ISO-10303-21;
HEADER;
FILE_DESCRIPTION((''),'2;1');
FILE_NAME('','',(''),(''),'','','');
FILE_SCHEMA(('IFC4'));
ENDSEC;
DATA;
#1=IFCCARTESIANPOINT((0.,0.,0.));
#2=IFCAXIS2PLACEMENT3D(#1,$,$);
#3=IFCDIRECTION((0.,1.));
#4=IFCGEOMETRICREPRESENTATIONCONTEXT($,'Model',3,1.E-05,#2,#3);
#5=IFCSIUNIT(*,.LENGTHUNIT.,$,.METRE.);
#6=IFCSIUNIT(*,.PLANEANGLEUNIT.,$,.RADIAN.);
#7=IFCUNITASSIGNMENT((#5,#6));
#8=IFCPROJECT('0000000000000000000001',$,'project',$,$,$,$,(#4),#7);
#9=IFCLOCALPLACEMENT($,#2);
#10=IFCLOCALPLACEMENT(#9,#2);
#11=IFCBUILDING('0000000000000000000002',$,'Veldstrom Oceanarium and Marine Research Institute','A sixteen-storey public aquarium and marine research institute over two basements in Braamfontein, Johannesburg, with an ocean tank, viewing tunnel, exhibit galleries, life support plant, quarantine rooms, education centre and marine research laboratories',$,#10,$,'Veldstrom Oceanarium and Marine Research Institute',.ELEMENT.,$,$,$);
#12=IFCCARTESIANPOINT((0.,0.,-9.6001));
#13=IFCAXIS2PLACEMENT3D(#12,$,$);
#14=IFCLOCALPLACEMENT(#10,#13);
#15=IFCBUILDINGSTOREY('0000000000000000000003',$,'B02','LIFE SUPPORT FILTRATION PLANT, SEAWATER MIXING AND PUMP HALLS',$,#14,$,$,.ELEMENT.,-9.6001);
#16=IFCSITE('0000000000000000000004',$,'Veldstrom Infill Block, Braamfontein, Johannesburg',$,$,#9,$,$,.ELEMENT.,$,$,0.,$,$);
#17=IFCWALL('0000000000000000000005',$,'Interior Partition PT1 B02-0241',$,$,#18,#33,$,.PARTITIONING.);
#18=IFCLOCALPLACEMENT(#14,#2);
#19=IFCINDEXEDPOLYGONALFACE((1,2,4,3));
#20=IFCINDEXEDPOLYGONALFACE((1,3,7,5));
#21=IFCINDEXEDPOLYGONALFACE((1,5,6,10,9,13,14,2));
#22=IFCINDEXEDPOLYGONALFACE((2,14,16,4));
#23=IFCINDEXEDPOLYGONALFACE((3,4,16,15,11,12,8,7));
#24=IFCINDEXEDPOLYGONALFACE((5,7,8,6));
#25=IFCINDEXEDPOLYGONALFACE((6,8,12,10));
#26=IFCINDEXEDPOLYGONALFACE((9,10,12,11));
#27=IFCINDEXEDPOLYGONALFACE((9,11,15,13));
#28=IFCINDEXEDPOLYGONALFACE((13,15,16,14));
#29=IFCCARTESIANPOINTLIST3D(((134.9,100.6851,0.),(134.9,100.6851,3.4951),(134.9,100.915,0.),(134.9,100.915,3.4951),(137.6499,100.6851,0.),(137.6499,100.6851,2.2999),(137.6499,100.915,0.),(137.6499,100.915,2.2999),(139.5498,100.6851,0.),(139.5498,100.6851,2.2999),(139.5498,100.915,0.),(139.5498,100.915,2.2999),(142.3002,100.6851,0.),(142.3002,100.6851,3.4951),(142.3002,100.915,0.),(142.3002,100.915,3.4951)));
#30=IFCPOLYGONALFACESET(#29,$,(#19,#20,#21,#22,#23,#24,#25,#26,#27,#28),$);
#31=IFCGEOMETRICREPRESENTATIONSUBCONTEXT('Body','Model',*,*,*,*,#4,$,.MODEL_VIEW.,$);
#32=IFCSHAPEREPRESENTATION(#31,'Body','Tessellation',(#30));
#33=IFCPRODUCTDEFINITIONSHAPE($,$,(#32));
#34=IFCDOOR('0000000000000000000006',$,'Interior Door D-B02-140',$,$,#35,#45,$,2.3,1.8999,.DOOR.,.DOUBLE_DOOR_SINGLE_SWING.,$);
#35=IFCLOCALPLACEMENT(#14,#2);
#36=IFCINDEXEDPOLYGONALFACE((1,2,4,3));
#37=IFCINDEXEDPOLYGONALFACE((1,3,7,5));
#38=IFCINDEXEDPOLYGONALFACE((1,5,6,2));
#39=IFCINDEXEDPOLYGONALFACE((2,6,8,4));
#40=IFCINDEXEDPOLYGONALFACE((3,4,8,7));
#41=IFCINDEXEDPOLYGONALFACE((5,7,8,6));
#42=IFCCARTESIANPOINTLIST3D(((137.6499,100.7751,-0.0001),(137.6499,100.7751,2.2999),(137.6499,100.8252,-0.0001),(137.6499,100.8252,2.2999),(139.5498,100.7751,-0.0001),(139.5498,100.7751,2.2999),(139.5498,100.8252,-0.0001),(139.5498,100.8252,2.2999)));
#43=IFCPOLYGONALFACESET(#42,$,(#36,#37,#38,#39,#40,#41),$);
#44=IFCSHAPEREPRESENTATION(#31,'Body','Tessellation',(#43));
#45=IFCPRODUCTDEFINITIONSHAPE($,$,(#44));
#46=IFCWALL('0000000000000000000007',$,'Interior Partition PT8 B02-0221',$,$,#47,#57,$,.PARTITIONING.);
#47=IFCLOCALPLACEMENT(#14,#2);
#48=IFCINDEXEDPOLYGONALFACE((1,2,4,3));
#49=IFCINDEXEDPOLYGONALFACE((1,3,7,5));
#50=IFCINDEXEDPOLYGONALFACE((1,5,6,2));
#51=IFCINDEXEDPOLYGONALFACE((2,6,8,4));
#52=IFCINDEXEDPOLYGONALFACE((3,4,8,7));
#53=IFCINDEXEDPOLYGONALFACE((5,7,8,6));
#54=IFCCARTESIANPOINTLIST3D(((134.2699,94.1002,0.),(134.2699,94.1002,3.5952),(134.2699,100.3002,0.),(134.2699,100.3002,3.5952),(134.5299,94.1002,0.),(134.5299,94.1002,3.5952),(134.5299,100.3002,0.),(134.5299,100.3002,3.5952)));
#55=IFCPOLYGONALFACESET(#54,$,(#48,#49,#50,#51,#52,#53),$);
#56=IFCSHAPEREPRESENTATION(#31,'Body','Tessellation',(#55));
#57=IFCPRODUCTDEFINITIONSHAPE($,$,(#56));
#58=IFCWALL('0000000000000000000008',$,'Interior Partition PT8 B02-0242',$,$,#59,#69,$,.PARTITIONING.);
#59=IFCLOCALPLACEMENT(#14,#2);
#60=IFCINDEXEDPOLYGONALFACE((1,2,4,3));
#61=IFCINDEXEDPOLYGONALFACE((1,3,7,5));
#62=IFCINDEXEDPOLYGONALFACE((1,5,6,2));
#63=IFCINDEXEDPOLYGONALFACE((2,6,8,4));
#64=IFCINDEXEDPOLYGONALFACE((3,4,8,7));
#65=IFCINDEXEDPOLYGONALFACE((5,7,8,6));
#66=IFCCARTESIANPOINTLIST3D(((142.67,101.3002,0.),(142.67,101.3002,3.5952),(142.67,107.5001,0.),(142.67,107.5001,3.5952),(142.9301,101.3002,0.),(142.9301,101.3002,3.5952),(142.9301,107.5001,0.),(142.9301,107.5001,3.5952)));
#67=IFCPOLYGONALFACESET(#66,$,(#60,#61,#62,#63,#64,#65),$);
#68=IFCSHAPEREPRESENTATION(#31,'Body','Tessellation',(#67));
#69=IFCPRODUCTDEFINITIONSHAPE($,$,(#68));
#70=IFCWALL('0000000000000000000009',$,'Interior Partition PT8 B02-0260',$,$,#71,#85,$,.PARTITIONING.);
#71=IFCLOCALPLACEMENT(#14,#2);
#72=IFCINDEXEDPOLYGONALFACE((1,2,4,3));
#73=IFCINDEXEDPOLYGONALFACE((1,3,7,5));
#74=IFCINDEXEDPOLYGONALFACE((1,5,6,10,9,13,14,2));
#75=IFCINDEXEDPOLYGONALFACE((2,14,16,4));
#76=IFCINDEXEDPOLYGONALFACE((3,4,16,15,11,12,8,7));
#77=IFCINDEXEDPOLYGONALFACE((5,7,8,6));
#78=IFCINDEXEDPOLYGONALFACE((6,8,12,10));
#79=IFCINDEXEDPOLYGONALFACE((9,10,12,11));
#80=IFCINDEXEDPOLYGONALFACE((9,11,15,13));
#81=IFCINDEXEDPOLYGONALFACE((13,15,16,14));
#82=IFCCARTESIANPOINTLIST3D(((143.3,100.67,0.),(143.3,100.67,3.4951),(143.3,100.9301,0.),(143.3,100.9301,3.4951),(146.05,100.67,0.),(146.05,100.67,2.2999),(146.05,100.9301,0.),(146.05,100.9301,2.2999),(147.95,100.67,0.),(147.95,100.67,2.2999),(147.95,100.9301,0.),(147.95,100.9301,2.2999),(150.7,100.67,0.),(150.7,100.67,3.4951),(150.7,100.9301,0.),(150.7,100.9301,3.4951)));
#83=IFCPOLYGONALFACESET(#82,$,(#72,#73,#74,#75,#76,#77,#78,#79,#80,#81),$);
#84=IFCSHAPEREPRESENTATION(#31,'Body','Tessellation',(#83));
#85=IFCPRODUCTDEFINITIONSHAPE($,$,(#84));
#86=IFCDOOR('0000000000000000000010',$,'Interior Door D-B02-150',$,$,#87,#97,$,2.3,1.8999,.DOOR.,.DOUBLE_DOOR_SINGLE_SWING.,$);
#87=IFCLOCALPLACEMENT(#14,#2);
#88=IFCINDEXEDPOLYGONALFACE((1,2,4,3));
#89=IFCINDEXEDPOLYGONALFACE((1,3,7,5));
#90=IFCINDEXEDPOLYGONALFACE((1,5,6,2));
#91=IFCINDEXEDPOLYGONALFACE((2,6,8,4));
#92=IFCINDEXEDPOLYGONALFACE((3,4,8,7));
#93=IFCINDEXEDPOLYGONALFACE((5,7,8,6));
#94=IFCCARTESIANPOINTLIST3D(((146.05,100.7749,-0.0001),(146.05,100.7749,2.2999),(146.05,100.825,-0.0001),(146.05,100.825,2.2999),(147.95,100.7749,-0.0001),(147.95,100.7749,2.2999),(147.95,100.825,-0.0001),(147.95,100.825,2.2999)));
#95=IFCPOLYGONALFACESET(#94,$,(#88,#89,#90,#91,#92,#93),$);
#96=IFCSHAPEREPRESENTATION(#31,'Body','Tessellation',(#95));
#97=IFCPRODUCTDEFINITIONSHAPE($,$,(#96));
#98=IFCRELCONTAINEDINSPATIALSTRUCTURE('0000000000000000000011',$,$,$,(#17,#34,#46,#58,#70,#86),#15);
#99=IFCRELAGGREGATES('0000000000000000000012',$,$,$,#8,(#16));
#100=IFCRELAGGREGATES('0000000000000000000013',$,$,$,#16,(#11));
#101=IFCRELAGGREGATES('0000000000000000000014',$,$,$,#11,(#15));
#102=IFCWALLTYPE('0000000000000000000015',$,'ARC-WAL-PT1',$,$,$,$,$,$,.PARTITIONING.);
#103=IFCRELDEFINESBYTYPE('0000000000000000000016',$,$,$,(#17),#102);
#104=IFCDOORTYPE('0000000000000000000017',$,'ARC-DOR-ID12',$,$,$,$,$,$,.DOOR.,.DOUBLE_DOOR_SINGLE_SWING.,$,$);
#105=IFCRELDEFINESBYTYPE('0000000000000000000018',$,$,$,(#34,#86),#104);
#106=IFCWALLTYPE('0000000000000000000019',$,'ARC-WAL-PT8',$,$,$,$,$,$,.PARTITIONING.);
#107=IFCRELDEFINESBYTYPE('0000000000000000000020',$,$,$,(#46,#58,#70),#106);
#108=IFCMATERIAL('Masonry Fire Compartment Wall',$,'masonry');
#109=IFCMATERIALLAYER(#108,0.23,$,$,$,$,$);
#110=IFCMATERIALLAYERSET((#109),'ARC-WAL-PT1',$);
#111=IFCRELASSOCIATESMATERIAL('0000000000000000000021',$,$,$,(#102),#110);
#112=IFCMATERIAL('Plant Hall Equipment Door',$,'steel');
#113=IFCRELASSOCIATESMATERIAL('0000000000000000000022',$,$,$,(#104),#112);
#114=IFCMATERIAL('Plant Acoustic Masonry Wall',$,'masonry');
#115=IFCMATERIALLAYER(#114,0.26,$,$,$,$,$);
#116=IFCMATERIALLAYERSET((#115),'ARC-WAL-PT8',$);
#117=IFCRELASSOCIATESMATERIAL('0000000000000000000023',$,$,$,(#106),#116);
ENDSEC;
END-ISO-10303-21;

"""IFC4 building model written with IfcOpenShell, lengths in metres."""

from ifc_helpers import new_model, si_unit, direction, frame, frame_2d, origin, place, context, subcontext, project, spatial, rectangle, extrude, material, layer, layer_set, type_object, element, fill, save


model = new_model("IFC4")

# Units and contexts
model_context = context("Model", 3, precision=1e-05, world=origin(), true_north=direction((0.0, 1.0)))
body_context = subcontext(model_context, "Body", "Model", "MODEL_VIEW")
ifc_project = project(units=[si_unit("LENGTHUNIT", "METRE"), si_unit("PLANEANGLEUNIT", "RADIAN")], contexts=[model_context])

# Site, building, storey
site_placement = place(None, origin())
site = spatial("IfcSite", under=ifc_project, at=site_placement, Name="Veldstrom Infill Block, Braamfontein, Johannesburg", CompositionType="ELEMENT", RefElevation=0.0)
building_placement = place(site_placement, origin())
building = spatial("IfcBuilding", under=site, at=building_placement, Name="Veldstrom Oceanarium and Marine Research Institute", Description="A sixteen-storey public aquarium and marine research institute over two basements in Braamfontein, Johannesburg, with an ocean tank, viewing tunnel, exhibit galleries, life support plant, quarantine rooms, education centre and marine research laboratories", LongName="Veldstrom Oceanarium and Marine Research Institute", CompositionType="ELEMENT")
storey_placement = place(building_placement, frame((0.0, 0.0, -9.6001)))
storey = spatial("IfcBuildingStorey", under=building, at=storey_placement, Name="B02", Description="LIFE SUPPORT FILTRATION PLANT, SEAWATER MIXING AND PUMP HALLS", CompositionType="ELEMENT", Elevation=-9.6001)

# Shared definitions
ifc_material_1 = material(Name="Masonry Fire Compartment Wall", Category="masonry")
ifc_layer_1 = layer(ifc_material_1, 0.23)
ifc_layer_set_1 = layer_set([ifc_layer_1], Name="ARC-WAL-PT1")
wall_type_1 = type_object("IfcWallType", Name="ARC-WAL-PT1", PredefinedType="PARTITIONING", material=ifc_layer_set_1)

# Wall, opening, door
wall_1_placement = place(storey_placement, frame((134.8999, 100.8, 0.0), z_axis=(0.0, 0.0, 1.0), x_axis=(1.0, 0.0, 0.0)))
wall_1 = element("IfcWall", 1, at=wall_1_placement, inside=storey, type_object=wall_type_1, Name="Interior Partition PT1 B02-0241", PredefinedType="PARTITIONING", context=body_context, shape_type="SweptSolid", body=[
    extrude(rectangle(XDim=7.4001, YDim=0.23, at=frame_2d((3.7002, 0.0))), origin(), (0.0, 0.0, 1.0), 3.4951),
])
opening_1_placement = place(wall_1_placement, frame((2.75, 0.0, 0.0)))
opening_1 = element("IfcOpeningElement", 2, at=opening_1_placement, cuts=wall_1, PredefinedType="OPENING", context=body_context, shape_type="SweptSolid", body=[
    extrude(rectangle(XDim=1.8999, YDim=2.3, at=frame_2d((0.95, 1.1499))), frame((0.0, 0.125, 0.0), z_axis=(0.0, -1.0, 0.0), x_axis=(1.0, 0.0, 0.0)), (0.0, 0.0, 1.0), 0.25),
])
ifc_material_2 = material(Name="Plant Hall Equipment Door", Category="steel")
door_type = type_object("IfcDoorType", Name="ARC-DOR-ID12", OperationType="DOUBLE_DOOR_SINGLE_SWING", PredefinedType="DOOR", material=ifc_material_2)
door_1_placement = place(opening_1_placement, frame((1.8999, 0.0, 0.0), z_axis=(0.0, 0.0, 1.0), x_axis=(-1.0, 0.0, 0.0)))
door_1 = element("IfcDoor", 3, at=door_1_placement, inside=storey, type_object=door_type, Name="Interior Door D-B02-140", OperationType="DOUBLE_DOOR_SINGLE_SWING", OverallHeight=2.3, OverallWidth=1.8999, PredefinedType="DOOR", context=body_context, shape_type="SweptSolid", body=[
    extrude(rectangle(XDim=1.8999, YDim=2.3, at=frame_2d((0.95, 1.1499))), frame((0.0, 0.0249, 0.0), z_axis=(0.0, -1.0, 0.0), x_axis=(1.0, 0.0, 0.0)), (0.0, 0.0, 1.0), 0.05),
])
fill(opening_1, door_1)

# Walls
ifc_material_3 = material(Name="Plant Acoustic Masonry Wall", Category="masonry")
ifc_layer_2 = layer(ifc_material_3, 0.26)
ifc_layer_set_2 = layer_set([ifc_layer_2], Name="ARC-WAL-PT8")
wall_type_2 = type_object("IfcWallType", Name="ARC-WAL-PT8", PredefinedType="PARTITIONING", material=ifc_layer_set_2)
for number, where, z_axis, x_axis, name in (
    (4, (134.3999, 94.1001, 0.0), (0.0, 0.0, 1.0), (0.0, 1.0, 0.0), "Interior Partition PT8 B02-0221"),
    (5, (142.8, 101.3, 0.0), (0.0, 0.0, 1.0), (0.0, 1.0, 0.0), "Interior Partition PT8 B02-0242"),
):
    element("IfcWall", number, at=place(storey_placement, frame(where, z_axis=z_axis, x_axis=x_axis)), inside=storey, type_object=wall_type_2, Name=name, PredefinedType="PARTITIONING", context=body_context, shape_type="SweptSolid", body=[
        extrude(rectangle(XDim=6.2, YDim=0.26, at=frame_2d((3.1001, 0.0))), origin(), (0.0, 0.0, 1.0), 3.5952),
    ])

# Wall, opening, door
wall_2_placement = place(storey_placement, frame((143.3, 100.8, 0.0), z_axis=(0.0, 0.0, 1.0), x_axis=(1.0, 0.0, 0.0)))
wall_2 = element("IfcWall", 6, at=wall_2_placement, inside=storey, type_object=wall_type_2, Name="Interior Partition PT8 B02-0260", PredefinedType="PARTITIONING", context=body_context, shape_type="SweptSolid", body=[
    extrude(rectangle(XDim=7.3999, YDim=0.26, at=frame_2d((3.7, 0.0))), origin(), (0.0, 0.0, 1.0), 3.4951),
])
opening_2_placement = place(wall_2_placement, frame((2.75, 0.0, 0.0)))
opening_2 = element("IfcOpeningElement", 7, at=opening_2_placement, cuts=wall_2, PredefinedType="OPENING", context=body_context, shape_type="SweptSolid", body=[
    extrude(rectangle(XDim=1.8999, YDim=2.3, at=frame_2d((0.95, 1.1499))), frame((0.0, 0.1399, 0.0), z_axis=(0.0, -1.0, 0.0), x_axis=(1.0, 0.0, 0.0)), (0.0, 0.0, 1.0), 0.28),
])
door_2_placement = place(opening_2_placement, origin())
door_2 = element("IfcDoor", 8, at=door_2_placement, inside=storey, type_object=door_type, Name="Interior Door D-B02-150", OperationType="DOUBLE_DOOR_SINGLE_SWING", OverallHeight=2.3, OverallWidth=1.8999, PredefinedType="DOOR", context=body_context, shape_type="SweptSolid", body=[
    extrude(rectangle(XDim=1.8999, YDim=2.3, at=frame_2d((0.95, 1.1499))), frame((0.0, 0.0249, 0.0), z_axis=(0.0, -1.0, 0.0), x_axis=(1.0, 0.0, 0.0)), (0.0, 0.0, 1.0), 0.05),
])
fill(opening_2, door_2)

save(model, "model.ifc")
